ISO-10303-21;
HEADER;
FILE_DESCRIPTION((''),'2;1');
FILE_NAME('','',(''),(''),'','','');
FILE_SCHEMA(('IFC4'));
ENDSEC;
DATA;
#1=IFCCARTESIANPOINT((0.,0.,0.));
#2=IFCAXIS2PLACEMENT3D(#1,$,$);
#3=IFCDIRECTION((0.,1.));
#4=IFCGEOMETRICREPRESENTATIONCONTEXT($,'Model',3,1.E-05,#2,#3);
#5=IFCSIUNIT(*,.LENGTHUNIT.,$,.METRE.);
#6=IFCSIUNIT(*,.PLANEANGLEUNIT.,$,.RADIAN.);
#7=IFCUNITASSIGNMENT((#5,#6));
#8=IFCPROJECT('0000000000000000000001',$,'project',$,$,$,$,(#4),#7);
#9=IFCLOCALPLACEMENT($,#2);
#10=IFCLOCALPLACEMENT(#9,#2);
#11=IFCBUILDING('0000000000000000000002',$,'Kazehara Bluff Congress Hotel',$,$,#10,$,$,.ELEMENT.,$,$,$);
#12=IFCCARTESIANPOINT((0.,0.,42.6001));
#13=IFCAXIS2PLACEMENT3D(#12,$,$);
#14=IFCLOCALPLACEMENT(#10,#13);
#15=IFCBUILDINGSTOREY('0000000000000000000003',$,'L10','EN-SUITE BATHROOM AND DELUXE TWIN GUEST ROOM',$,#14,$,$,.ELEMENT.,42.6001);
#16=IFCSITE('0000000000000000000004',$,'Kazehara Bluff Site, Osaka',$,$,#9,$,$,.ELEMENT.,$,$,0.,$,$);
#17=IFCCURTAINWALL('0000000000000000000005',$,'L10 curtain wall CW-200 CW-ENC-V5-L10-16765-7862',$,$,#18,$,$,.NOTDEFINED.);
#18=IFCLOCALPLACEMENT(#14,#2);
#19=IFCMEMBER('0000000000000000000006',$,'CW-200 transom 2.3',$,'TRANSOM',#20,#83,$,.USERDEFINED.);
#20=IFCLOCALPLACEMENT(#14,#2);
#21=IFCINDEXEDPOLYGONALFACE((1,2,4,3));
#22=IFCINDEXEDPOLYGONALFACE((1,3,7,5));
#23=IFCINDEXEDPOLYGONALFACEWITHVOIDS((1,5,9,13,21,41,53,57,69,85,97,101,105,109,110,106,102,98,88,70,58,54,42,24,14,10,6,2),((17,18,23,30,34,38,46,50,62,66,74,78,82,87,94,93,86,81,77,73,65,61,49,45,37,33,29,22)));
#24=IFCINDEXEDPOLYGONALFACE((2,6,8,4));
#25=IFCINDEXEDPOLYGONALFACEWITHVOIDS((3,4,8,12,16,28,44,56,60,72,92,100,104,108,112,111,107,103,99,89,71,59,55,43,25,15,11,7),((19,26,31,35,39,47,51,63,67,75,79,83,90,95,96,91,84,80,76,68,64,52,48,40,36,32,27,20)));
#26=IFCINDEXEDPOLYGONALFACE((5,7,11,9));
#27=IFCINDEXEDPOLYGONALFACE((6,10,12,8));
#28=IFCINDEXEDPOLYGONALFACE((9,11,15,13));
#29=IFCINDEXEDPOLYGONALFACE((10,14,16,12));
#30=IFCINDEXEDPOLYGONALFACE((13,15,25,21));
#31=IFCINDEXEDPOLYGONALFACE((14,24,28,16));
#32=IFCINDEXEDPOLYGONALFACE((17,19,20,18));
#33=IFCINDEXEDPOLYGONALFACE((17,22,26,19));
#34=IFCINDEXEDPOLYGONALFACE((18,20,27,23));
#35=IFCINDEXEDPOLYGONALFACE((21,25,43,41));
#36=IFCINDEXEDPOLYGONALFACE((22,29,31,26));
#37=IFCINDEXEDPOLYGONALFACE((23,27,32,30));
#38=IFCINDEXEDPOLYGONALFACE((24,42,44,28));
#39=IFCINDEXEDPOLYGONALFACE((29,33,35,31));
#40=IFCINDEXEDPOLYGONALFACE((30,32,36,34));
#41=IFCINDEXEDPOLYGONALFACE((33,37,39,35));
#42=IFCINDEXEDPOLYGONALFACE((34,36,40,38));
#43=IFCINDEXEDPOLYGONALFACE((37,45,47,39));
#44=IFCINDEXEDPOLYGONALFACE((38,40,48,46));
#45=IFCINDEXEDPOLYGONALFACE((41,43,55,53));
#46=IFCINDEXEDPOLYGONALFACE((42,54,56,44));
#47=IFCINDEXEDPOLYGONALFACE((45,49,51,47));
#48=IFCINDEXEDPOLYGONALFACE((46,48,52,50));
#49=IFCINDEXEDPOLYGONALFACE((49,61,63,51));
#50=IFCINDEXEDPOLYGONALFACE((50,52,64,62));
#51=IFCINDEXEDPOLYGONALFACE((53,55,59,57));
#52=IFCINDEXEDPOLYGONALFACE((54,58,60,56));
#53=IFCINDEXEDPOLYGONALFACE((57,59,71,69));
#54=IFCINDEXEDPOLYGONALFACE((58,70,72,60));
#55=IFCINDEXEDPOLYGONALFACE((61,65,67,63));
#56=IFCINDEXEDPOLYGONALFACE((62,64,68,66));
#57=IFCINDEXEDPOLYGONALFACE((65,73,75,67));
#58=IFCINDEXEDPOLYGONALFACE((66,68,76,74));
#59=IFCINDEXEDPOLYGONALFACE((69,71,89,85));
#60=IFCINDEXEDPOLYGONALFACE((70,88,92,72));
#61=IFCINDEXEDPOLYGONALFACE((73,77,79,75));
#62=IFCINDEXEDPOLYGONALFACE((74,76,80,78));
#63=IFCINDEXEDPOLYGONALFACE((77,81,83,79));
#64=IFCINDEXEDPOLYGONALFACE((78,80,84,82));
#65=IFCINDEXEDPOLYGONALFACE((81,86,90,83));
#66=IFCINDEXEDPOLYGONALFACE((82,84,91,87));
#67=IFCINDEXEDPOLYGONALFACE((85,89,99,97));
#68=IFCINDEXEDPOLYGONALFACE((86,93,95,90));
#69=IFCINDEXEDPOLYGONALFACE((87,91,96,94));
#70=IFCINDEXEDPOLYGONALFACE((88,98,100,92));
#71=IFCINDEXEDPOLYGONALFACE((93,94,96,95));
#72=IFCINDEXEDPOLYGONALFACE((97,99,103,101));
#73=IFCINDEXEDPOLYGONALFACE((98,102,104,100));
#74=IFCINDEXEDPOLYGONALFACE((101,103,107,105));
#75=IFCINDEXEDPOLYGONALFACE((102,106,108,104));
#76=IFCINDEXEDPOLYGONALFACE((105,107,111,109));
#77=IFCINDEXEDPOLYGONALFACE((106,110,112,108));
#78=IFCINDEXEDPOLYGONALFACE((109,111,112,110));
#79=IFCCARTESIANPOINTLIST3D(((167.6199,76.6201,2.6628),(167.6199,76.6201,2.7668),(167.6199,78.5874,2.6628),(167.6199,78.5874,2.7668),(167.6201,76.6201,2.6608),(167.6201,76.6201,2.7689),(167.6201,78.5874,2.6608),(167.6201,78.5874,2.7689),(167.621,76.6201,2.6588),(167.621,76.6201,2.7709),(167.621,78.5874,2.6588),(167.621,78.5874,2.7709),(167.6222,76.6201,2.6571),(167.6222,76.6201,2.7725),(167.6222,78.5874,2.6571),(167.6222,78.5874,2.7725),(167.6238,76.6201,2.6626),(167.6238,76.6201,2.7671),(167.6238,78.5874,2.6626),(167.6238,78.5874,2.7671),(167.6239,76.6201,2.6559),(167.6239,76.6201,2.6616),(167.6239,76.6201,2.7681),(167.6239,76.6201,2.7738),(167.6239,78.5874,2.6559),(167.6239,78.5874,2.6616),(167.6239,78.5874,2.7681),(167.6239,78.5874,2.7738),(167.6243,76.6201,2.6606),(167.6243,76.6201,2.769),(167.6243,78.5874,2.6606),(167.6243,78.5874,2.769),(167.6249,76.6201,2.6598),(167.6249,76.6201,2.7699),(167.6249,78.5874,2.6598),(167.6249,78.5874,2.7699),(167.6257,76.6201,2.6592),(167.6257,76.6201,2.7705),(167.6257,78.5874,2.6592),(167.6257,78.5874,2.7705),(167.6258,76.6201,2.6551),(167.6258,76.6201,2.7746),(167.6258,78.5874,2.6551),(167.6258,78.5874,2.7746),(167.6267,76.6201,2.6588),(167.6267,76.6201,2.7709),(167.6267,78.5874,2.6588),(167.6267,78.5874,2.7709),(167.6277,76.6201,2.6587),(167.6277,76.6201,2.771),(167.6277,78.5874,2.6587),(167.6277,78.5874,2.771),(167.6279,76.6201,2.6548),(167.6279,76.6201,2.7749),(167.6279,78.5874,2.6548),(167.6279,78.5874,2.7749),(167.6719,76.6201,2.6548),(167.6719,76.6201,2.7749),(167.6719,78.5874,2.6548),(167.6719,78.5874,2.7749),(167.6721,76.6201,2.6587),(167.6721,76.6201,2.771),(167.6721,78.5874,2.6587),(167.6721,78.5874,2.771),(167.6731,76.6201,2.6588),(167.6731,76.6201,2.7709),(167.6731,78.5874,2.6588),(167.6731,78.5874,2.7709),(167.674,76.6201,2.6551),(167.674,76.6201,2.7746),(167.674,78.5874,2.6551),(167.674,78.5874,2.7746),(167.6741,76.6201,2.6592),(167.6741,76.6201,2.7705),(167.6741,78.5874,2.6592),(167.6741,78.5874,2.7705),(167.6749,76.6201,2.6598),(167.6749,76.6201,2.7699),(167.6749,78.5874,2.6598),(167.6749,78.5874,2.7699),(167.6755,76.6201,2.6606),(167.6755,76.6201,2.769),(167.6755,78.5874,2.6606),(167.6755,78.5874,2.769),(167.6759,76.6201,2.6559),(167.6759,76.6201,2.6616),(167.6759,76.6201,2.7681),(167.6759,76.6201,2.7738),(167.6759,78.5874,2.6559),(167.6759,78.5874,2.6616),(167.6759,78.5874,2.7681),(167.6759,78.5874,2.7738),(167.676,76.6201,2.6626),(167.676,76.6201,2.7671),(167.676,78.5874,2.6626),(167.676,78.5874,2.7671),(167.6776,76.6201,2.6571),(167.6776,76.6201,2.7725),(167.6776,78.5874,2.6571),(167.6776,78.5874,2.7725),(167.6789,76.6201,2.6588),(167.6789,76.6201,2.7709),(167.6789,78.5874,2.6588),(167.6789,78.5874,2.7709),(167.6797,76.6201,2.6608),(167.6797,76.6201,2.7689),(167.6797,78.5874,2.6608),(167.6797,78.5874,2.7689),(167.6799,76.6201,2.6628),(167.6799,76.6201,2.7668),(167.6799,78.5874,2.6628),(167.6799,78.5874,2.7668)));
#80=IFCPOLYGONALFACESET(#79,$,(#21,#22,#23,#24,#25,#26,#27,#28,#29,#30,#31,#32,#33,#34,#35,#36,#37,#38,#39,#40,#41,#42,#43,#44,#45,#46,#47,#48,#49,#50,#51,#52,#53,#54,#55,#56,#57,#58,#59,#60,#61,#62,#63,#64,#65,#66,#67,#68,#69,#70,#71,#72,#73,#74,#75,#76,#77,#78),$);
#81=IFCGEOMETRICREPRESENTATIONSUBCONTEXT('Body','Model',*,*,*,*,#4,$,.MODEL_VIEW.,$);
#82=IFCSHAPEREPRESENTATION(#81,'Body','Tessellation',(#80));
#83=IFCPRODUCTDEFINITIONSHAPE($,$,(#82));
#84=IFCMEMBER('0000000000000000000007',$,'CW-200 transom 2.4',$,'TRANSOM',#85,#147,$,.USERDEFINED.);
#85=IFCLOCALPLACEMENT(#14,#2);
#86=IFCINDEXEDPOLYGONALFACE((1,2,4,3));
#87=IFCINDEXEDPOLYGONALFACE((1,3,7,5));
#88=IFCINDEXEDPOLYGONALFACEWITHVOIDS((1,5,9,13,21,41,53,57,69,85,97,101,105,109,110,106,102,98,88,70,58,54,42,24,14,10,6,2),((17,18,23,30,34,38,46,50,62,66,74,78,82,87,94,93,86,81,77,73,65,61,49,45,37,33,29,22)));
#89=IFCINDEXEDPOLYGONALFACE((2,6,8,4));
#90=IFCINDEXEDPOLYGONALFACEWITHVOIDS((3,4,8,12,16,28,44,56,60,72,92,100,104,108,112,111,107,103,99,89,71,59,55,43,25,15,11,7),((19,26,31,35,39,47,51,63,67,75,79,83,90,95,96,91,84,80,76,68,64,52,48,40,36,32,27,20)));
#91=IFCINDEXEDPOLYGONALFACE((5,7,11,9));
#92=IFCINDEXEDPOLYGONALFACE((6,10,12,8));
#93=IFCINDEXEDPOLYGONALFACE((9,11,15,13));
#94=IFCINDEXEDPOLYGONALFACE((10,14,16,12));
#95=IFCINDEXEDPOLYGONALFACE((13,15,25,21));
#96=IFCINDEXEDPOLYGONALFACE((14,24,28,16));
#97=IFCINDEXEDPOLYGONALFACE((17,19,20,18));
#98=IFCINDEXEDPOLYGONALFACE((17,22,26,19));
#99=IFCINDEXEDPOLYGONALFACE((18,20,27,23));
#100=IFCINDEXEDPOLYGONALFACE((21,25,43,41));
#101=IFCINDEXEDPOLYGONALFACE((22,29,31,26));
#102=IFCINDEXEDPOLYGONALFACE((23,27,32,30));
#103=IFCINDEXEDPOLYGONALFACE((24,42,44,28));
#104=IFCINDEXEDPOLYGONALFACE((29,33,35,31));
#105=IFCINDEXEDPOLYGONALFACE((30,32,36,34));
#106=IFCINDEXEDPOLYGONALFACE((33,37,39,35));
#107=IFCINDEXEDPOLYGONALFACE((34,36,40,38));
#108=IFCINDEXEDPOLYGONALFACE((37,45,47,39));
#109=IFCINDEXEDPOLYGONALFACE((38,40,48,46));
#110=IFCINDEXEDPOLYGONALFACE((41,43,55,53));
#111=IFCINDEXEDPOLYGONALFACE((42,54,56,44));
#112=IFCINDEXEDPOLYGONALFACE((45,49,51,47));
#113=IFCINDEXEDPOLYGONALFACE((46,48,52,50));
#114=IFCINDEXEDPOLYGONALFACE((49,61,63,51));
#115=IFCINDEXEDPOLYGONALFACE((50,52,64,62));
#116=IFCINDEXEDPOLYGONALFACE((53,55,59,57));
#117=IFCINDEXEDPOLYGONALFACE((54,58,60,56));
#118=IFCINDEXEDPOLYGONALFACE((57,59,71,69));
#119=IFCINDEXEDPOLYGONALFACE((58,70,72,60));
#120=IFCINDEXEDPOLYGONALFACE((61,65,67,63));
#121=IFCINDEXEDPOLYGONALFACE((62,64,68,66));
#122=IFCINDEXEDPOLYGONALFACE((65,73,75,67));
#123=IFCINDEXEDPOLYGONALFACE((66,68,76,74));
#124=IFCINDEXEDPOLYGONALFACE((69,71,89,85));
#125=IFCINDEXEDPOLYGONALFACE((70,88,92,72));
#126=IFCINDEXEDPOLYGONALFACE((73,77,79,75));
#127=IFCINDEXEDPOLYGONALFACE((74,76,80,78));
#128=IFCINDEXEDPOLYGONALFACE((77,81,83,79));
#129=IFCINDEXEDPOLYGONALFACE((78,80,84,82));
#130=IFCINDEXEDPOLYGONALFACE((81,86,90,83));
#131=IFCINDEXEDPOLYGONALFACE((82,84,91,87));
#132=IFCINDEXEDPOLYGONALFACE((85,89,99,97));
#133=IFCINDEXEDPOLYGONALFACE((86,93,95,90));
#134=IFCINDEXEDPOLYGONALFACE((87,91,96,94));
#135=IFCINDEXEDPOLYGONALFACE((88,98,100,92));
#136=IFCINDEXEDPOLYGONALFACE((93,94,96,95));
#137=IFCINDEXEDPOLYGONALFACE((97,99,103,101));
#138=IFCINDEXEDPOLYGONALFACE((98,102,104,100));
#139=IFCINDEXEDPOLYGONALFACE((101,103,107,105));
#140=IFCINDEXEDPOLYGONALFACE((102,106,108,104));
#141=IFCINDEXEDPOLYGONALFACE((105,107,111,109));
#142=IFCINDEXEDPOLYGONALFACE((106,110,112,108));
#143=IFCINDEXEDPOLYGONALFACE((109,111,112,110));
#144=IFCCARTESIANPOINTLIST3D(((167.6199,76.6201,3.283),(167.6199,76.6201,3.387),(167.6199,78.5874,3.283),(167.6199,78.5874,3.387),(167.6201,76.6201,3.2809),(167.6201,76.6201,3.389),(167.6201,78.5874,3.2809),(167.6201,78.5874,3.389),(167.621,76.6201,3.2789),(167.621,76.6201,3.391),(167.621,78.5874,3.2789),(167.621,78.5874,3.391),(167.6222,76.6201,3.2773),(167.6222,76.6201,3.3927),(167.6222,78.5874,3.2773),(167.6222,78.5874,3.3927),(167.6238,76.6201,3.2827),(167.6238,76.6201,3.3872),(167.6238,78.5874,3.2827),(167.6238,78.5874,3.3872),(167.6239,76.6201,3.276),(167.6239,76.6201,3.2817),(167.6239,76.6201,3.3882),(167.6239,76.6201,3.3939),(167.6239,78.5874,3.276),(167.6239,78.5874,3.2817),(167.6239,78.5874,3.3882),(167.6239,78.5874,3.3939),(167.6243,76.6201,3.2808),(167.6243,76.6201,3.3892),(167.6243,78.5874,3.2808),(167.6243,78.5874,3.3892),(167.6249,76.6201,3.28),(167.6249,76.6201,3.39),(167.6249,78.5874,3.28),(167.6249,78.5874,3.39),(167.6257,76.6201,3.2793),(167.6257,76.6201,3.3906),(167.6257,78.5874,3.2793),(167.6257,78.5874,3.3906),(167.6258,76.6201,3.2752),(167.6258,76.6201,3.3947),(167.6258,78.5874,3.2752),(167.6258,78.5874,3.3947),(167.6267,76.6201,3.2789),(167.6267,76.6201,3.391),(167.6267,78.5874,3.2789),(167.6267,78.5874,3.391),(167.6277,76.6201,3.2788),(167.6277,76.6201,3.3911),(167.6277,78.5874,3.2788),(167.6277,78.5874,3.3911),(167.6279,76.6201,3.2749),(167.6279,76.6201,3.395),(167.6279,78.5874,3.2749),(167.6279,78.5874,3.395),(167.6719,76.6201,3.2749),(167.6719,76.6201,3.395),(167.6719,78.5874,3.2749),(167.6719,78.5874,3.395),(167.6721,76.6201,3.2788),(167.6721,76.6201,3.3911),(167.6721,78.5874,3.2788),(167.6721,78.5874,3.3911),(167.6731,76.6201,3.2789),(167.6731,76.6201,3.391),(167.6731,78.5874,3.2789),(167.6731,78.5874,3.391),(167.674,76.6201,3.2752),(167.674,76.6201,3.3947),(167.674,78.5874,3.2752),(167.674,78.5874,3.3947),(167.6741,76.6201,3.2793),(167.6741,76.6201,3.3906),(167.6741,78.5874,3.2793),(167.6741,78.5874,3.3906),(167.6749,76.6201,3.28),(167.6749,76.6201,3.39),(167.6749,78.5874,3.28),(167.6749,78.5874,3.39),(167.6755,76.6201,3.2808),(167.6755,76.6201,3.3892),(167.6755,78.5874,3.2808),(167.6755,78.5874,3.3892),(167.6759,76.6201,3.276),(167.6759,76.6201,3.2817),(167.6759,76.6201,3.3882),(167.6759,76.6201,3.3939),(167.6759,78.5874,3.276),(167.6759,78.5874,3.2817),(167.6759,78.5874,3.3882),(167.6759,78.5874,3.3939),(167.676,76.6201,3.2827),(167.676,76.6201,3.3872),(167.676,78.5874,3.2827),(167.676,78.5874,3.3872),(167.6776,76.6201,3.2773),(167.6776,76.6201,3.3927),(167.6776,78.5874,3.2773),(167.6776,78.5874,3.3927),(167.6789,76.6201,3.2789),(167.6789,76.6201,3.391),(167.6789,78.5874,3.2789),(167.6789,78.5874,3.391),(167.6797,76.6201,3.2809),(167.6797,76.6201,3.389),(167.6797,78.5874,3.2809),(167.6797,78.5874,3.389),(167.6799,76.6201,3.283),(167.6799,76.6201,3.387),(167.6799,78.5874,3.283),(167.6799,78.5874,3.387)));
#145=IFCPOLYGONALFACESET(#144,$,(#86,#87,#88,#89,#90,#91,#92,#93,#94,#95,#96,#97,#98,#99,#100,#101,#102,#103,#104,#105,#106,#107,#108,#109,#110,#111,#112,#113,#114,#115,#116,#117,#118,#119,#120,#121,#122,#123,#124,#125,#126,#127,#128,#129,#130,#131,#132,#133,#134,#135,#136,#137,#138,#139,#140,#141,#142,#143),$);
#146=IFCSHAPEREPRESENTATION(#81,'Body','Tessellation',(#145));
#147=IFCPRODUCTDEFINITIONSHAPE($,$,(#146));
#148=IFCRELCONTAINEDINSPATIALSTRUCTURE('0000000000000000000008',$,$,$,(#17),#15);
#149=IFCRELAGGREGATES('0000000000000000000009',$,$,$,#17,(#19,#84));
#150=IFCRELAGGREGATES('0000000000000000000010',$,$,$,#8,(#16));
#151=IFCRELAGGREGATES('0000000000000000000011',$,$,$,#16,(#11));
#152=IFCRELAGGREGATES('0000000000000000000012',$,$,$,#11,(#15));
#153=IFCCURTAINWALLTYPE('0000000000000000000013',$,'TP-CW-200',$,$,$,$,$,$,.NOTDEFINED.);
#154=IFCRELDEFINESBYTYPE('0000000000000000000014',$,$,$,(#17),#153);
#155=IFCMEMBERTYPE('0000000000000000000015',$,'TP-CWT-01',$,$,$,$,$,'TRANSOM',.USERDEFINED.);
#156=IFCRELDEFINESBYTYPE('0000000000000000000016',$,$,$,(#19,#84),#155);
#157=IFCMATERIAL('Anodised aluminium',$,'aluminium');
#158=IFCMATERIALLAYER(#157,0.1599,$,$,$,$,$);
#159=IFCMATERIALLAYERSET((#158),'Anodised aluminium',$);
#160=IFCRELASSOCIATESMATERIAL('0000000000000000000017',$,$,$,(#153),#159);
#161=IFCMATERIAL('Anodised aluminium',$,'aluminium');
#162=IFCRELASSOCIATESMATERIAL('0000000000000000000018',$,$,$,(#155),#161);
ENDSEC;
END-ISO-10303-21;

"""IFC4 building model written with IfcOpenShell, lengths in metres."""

from ifc_helpers import new_model, si_unit, direction, frame, origin, origin_2d, place, context, subcontext, project, spatial, hollow_rectangle, extrude, material, layer, layer_set, material_profile, profile_set, type_object, element, aggregate, save


model = new_model("IFC4")

# Units and contexts
model_context = context("Model", 3, precision=1e-05, world=origin(), true_north=direction((0.0, 1.0)))
body_context = subcontext(model_context, "Body", "Model", "MODEL_VIEW")
ifc_project = project(units=[si_unit("LENGTHUNIT", "METRE"), si_unit("PLANEANGLEUNIT", "RADIAN")], contexts=[model_context])

# Site, building, storey
site_placement = place(None, origin())
site = spatial("IfcSite", under=ifc_project, at=site_placement, Name="Kazehara Bluff Site, Osaka", CompositionType="ELEMENT", RefElevation=0.0)
building_placement = place(site_placement, origin())
building = spatial("IfcBuilding", under=site, at=building_placement, Name="Kazehara Bluff Congress Hotel", CompositionType="ELEMENT")
storey_placement = place(building_placement, frame((0.0, 0.0, 42.6001)))
storey = spatial("IfcBuildingStorey", under=building, at=storey_placement, Name="L10", Description="EN-SUITE BATHROOM AND DELUXE TWIN GUEST ROOM", CompositionType="ELEMENT", Elevation=42.6001)

# Curtain wall
ifc_material_1 = material(Name="Anodised aluminium", Category="aluminium")
ifc_layer_1 = layer(ifc_material_1, 0.1599)
ifc_layer_set_1 = layer_set([ifc_layer_1], Name="Anodised aluminium")
curtain_wall_type_1 = type_object("IfcCurtainWallType", Name="TP-CW-200", PredefinedType="NOTDEFINED", material=ifc_layer_set_1)
curtain_wall_1_placement = place(storey_placement, origin())
curtain_wall_1 = element("IfcCurtainWall", 1, at=curtain_wall_1_placement, inside=storey, type_object=curtain_wall_type_1, Name="L10 curtain wall CW-200 CW-ENC-V5-L10-16765-7862", PredefinedType="NOTDEFINED")

# Members
ifc_material_2 = material(Name="Anodised aluminium", Category="aluminium")
ifc_material_profile_1 = material_profile(ifc_material_2, hollow_rectangle(XDim=0.0601, YDim=0.1201, WallThickness=0.0039, InnerFilletRadius=0.0039, OuterFilletRadius=0.0081, at=origin_2d()))
ifc_profile_set_1 = profile_set([ifc_material_profile_1], Name="Anodised aluminium")
member_type_1 = type_object("IfcMemberType", Name="TP-CWT-01", ElementType="TRANSOM", PredefinedType="USERDEFINED", material=ifc_profile_set_1)
member_1_placement = place(storey_placement, frame((167.6499, 78.5874, 2.7148), z_axis=(0.0, -1.0, 0.0), x_axis=(1.0, 0.0, 0.0)))
member_1 = element("IfcMember", 2, at=member_1_placement, type_object=member_type_1, Name="CW-200 transom 2.3", ObjectType="TRANSOM", PredefinedType="USERDEFINED", context=body_context, shape_type="SweptSolid", body=[
    extrude(hollow_rectangle(XDim=0.0601, YDim=0.1201, WallThickness=0.0039, InnerFilletRadius=0.0039, OuterFilletRadius=0.0081, at=origin_2d()), origin(), (0.0, 0.0, 1.0), 1.9673),
])
member_2_placement = place(storey_placement, frame((167.6499, 78.5874, 3.335), z_axis=(0.0, -1.0, 0.0), x_axis=(1.0, 0.0, 0.0)))
member_2 = element("IfcMember", 3, at=member_2_placement, type_object=member_type_1, Name="CW-200 transom 2.4", ObjectType="TRANSOM", PredefinedType="USERDEFINED", context=body_context, shape_type="SweptSolid", body=[
    extrude(hollow_rectangle(XDim=0.0601, YDim=0.1201, WallThickness=0.0039, InnerFilletRadius=0.0039, OuterFilletRadius=0.0081, at=origin_2d()), origin(), (0.0, 0.0, 1.0), 1.9673),
])

aggregate(curtain_wall_1, [member_1, member_2])

save(model, "model.ifc")
